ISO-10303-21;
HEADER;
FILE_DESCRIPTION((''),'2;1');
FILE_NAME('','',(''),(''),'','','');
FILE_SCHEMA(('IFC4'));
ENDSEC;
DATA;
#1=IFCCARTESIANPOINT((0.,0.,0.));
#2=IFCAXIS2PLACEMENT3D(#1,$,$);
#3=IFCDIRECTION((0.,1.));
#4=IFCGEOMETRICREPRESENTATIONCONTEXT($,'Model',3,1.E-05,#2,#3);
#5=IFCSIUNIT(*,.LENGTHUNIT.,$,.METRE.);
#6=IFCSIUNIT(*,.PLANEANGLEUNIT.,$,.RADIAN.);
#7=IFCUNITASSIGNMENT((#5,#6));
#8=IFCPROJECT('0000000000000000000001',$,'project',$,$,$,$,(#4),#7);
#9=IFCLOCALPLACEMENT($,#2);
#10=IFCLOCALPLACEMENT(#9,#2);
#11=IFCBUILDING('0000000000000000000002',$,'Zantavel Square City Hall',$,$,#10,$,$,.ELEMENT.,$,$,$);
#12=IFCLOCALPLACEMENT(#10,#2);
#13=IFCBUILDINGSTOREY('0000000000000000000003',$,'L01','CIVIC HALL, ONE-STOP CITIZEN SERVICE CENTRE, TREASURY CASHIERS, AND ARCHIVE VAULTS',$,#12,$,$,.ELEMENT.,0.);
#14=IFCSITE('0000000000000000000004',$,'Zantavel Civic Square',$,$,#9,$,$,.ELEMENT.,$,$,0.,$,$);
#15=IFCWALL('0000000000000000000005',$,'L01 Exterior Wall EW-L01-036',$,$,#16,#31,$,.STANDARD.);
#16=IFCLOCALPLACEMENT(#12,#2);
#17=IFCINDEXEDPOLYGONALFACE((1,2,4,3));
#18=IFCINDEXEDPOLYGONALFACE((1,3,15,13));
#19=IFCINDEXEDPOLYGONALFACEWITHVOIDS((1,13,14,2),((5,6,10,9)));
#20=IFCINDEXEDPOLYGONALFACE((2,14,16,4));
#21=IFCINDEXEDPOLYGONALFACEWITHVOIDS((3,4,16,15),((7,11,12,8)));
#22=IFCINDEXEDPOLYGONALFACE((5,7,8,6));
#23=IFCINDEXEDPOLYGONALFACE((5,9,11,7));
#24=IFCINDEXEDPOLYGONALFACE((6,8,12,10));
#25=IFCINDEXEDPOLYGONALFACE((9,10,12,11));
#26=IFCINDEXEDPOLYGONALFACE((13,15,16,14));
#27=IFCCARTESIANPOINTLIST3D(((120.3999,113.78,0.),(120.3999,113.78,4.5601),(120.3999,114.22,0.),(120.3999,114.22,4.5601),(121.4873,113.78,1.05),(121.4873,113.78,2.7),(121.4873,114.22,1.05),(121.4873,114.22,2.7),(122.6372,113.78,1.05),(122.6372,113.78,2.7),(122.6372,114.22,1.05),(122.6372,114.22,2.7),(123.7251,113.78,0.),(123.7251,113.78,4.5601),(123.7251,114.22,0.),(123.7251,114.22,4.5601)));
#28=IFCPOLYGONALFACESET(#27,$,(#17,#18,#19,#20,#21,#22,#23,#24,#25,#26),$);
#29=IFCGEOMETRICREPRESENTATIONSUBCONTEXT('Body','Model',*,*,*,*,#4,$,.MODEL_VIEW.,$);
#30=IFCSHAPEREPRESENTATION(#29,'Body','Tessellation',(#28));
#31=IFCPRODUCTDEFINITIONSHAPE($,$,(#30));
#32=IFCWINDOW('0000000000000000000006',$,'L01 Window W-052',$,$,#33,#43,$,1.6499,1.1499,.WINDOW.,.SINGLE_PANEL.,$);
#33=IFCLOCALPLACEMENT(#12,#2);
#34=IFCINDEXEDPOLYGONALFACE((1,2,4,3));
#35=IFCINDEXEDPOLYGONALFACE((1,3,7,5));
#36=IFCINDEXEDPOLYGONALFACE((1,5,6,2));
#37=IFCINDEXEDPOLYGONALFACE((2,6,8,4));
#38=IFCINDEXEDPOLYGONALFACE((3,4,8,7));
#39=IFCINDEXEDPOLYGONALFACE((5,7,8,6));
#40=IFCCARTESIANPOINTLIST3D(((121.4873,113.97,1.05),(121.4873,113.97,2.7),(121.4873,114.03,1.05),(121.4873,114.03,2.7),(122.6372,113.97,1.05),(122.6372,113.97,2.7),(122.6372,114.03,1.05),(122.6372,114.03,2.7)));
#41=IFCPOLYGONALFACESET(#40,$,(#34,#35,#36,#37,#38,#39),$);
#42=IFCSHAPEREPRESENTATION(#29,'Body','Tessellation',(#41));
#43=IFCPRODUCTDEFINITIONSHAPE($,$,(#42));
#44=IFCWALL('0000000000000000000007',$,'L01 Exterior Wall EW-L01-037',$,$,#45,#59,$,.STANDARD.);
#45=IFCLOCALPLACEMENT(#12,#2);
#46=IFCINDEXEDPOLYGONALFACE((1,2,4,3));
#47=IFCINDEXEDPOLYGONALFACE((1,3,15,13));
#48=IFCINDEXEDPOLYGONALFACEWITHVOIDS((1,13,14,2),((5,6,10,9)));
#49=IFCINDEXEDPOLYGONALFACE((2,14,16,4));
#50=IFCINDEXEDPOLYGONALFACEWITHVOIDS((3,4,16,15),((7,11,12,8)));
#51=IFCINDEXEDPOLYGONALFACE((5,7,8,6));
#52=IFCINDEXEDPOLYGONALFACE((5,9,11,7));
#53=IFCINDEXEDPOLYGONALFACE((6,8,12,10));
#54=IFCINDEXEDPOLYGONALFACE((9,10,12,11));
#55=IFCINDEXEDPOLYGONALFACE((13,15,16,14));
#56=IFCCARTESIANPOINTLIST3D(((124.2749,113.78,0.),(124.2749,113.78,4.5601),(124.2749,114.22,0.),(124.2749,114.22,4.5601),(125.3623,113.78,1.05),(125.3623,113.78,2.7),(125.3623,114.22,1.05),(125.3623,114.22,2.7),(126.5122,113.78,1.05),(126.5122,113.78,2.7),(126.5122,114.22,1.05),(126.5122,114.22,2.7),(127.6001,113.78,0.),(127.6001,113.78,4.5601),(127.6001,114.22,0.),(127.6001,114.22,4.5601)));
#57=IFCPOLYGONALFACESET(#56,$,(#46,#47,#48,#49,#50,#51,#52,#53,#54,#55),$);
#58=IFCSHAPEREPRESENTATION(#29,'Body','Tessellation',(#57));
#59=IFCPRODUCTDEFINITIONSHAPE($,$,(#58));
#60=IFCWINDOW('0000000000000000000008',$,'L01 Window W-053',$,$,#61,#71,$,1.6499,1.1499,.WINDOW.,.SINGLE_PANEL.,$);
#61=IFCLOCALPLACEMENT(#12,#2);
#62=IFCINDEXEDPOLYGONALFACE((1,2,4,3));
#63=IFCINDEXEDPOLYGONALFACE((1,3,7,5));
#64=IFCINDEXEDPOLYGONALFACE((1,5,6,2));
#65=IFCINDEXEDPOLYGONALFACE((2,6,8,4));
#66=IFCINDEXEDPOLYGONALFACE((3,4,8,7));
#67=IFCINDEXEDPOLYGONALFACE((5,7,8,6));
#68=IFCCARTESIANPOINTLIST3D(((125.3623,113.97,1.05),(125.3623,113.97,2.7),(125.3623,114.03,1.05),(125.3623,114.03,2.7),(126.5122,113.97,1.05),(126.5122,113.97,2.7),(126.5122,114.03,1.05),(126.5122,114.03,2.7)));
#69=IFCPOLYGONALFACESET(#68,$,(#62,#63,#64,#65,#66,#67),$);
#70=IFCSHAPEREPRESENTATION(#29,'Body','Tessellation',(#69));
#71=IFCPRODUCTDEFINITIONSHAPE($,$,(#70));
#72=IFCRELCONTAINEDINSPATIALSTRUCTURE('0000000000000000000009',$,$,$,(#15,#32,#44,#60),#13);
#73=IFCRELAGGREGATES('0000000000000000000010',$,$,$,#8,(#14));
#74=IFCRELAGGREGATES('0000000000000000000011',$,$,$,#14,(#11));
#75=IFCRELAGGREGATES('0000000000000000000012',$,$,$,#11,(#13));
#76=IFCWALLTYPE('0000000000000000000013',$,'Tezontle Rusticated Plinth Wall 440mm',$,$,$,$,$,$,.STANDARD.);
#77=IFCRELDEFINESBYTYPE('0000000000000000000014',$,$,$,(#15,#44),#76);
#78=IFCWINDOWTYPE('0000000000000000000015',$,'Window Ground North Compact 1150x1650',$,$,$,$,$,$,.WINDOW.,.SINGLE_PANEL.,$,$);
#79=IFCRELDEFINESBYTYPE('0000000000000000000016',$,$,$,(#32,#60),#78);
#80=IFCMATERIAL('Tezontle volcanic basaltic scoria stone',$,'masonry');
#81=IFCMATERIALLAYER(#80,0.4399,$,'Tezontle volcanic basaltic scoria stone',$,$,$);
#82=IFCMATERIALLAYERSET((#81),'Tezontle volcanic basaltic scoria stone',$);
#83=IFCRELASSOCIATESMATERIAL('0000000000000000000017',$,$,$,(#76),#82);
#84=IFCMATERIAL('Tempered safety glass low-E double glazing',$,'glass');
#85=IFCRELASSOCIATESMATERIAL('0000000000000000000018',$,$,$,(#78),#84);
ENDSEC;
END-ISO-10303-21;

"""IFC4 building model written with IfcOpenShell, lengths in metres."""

from ifc_helpers import new_model, si_unit, direction, frame, frame_2d, origin, place, context, subcontext, project, spatial, rectangle, extrude, material, layer, layer_set, type_object, element, fill, save


model = new_model("IFC4")

# Units and contexts
model_context = context("Model", 3, precision=1e-05, world=origin(), true_north=direction((0.0, 1.0)))
body_context = subcontext(model_context, "Body", "Model", "MODEL_VIEW")
ifc_project = project(units=[si_unit("LENGTHUNIT", "METRE"), si_unit("PLANEANGLEUNIT", "RADIAN")], contexts=[model_context])

# Site, building, storey
site_placement = place(None, origin())
site = spatial("IfcSite", under=ifc_project, at=site_placement, Name="Zantavel Civic Square", CompositionType="ELEMENT", RefElevation=0.0)
building_placement = place(site_placement, origin())
building = spatial("IfcBuilding", under=site, at=building_placement, Name="Zantavel Square City Hall", CompositionType="ELEMENT")
storey_placement = place(building_placement, origin())
storey = spatial("IfcBuildingStorey", under=building, at=storey_placement, Name="L01", Description="CIVIC HALL, ONE-STOP CITIZEN SERVICE CENTRE, TREASURY CASHIERS, AND ARCHIVE VAULTS", CompositionType="ELEMENT", Elevation=0.0)

# Shared definitions
ifc_material_1 = material(Name="Tezontle volcanic basaltic scoria stone", Category="masonry")
ifc_layer_1 = layer(ifc_material_1, 0.4399, Name="Tezontle volcanic basaltic scoria stone")
ifc_layer_set_1 = layer_set([ifc_layer_1], Name="Tezontle volcanic basaltic scoria stone")
wall_type_1 = type_object("IfcWallType", Name="Tezontle Rusticated Plinth Wall 440mm", PredefinedType="STANDARD", material=ifc_layer_set_1)

# Walls, openings, windows
ifc_material_2 = material(Name="Tempered safety glass low-E double glazing", Category="glass")
window_type = type_object("IfcWindowType", Name="Window Ground North Compact 1150x1650", PartitioningType="SINGLE_PANEL", PredefinedType="WINDOW", material=ifc_material_2)
wall_1_placement = place(storey_placement, frame((120.3999, 114.0, 0.0), z_axis=(0.0, 0.0, 1.0), x_axis=(1.0, 0.0, 0.0)))
wall_1 = element("IfcWall", 1, at=wall_1_placement, inside=storey, type_object=wall_type_1, Name="L01 Exterior Wall EW-L01-036", PredefinedType="STANDARD", context=body_context, shape_type="SweptSolid", body=[
    extrude(rectangle(XDim=3.3252, YDim=0.4399, at=frame_2d((1.6626, 0.0))), origin(), (0.0, 0.0, 1.0), 4.5601),
])
opening_1_placement = place(wall_1_placement, frame((1.0874, 0.0, 1.05)))
opening_1 = element("IfcOpeningElement", 2, at=opening_1_placement, cuts=wall_1, PredefinedType="OPENING", context=body_context, shape_type="SweptSolid", body=[
    extrude(rectangle(XDim=1.1499, YDim=1.6499, at=frame_2d((0.575, 0.825))), frame((0.0, 0.23, 0.0), z_axis=(0.0, -1.0, 0.0), x_axis=(1.0, 0.0, 0.0)), (0.0, 0.0, 1.0), 0.46),
])
window_1_placement = place(opening_1_placement, origin())
window_1 = element("IfcWindow", 3, at=window_1_placement, inside=storey, type_object=window_type, Name="L01 Window W-052", OverallHeight=1.6499, OverallWidth=1.1499, PartitioningType="SINGLE_PANEL", PredefinedType="WINDOW", context=body_context, shape_type="SweptSolid", body=[
    extrude(rectangle(XDim=1.1499, YDim=1.6499, at=frame_2d((0.575, 0.825))), frame((0.0, 0.03, 0.0), z_axis=(0.0, -1.0, 0.0), x_axis=(1.0, 0.0, 0.0)), (0.0, 0.0, 1.0), 0.0601),
])
fill(opening_1, window_1)
wall_2_placement = place(storey_placement, frame((124.2749, 114.0, 0.0), z_axis=(0.0, 0.0, 1.0), x_axis=(1.0, 0.0, 0.0)))
wall_2 = element("IfcWall", 4, at=wall_2_placement, inside=storey, type_object=wall_type_1, Name="L01 Exterior Wall EW-L01-037", PredefinedType="STANDARD", context=body_context, shape_type="SweptSolid", body=[
    extrude(rectangle(XDim=3.3252, YDim=0.4399, at=frame_2d((1.6626, 0.0))), origin(), (0.0, 0.0, 1.0), 4.5601),
])
opening_2_placement = place(wall_2_placement, frame((1.0874, 0.0, 1.05)))
opening_2 = element("IfcOpeningElement", 5, at=opening_2_placement, cuts=wall_2, PredefinedType="OPENING", context=body_context, shape_type="SweptSolid", body=[
    extrude(rectangle(XDim=1.1499, YDim=1.6499, at=frame_2d((0.575, 0.825))), frame((0.0, 0.23, 0.0), z_axis=(0.0, -1.0, 0.0), x_axis=(1.0, 0.0, 0.0)), (0.0, 0.0, 1.0), 0.46),
])
window_2_placement = place(opening_2_placement, origin())
window_2 = element("IfcWindow", 6, at=window_2_placement, inside=storey, type_object=window_type, Name="L01 Window W-053", OverallHeight=1.6499, OverallWidth=1.1499, PartitioningType="SINGLE_PANEL", PredefinedType="WINDOW", context=body_context, shape_type="SweptSolid", body=[
    extrude(rectangle(XDim=1.1499, YDim=1.6499, at=frame_2d((0.575, 0.825))), frame((0.0, 0.03, 0.0), z_axis=(0.0, -1.0, 0.0), x_axis=(1.0, 0.0, 0.0)), (0.0, 0.0, 1.0), 0.0601),
])
fill(opening_2, window_2)

save(model, "model.ifc")
